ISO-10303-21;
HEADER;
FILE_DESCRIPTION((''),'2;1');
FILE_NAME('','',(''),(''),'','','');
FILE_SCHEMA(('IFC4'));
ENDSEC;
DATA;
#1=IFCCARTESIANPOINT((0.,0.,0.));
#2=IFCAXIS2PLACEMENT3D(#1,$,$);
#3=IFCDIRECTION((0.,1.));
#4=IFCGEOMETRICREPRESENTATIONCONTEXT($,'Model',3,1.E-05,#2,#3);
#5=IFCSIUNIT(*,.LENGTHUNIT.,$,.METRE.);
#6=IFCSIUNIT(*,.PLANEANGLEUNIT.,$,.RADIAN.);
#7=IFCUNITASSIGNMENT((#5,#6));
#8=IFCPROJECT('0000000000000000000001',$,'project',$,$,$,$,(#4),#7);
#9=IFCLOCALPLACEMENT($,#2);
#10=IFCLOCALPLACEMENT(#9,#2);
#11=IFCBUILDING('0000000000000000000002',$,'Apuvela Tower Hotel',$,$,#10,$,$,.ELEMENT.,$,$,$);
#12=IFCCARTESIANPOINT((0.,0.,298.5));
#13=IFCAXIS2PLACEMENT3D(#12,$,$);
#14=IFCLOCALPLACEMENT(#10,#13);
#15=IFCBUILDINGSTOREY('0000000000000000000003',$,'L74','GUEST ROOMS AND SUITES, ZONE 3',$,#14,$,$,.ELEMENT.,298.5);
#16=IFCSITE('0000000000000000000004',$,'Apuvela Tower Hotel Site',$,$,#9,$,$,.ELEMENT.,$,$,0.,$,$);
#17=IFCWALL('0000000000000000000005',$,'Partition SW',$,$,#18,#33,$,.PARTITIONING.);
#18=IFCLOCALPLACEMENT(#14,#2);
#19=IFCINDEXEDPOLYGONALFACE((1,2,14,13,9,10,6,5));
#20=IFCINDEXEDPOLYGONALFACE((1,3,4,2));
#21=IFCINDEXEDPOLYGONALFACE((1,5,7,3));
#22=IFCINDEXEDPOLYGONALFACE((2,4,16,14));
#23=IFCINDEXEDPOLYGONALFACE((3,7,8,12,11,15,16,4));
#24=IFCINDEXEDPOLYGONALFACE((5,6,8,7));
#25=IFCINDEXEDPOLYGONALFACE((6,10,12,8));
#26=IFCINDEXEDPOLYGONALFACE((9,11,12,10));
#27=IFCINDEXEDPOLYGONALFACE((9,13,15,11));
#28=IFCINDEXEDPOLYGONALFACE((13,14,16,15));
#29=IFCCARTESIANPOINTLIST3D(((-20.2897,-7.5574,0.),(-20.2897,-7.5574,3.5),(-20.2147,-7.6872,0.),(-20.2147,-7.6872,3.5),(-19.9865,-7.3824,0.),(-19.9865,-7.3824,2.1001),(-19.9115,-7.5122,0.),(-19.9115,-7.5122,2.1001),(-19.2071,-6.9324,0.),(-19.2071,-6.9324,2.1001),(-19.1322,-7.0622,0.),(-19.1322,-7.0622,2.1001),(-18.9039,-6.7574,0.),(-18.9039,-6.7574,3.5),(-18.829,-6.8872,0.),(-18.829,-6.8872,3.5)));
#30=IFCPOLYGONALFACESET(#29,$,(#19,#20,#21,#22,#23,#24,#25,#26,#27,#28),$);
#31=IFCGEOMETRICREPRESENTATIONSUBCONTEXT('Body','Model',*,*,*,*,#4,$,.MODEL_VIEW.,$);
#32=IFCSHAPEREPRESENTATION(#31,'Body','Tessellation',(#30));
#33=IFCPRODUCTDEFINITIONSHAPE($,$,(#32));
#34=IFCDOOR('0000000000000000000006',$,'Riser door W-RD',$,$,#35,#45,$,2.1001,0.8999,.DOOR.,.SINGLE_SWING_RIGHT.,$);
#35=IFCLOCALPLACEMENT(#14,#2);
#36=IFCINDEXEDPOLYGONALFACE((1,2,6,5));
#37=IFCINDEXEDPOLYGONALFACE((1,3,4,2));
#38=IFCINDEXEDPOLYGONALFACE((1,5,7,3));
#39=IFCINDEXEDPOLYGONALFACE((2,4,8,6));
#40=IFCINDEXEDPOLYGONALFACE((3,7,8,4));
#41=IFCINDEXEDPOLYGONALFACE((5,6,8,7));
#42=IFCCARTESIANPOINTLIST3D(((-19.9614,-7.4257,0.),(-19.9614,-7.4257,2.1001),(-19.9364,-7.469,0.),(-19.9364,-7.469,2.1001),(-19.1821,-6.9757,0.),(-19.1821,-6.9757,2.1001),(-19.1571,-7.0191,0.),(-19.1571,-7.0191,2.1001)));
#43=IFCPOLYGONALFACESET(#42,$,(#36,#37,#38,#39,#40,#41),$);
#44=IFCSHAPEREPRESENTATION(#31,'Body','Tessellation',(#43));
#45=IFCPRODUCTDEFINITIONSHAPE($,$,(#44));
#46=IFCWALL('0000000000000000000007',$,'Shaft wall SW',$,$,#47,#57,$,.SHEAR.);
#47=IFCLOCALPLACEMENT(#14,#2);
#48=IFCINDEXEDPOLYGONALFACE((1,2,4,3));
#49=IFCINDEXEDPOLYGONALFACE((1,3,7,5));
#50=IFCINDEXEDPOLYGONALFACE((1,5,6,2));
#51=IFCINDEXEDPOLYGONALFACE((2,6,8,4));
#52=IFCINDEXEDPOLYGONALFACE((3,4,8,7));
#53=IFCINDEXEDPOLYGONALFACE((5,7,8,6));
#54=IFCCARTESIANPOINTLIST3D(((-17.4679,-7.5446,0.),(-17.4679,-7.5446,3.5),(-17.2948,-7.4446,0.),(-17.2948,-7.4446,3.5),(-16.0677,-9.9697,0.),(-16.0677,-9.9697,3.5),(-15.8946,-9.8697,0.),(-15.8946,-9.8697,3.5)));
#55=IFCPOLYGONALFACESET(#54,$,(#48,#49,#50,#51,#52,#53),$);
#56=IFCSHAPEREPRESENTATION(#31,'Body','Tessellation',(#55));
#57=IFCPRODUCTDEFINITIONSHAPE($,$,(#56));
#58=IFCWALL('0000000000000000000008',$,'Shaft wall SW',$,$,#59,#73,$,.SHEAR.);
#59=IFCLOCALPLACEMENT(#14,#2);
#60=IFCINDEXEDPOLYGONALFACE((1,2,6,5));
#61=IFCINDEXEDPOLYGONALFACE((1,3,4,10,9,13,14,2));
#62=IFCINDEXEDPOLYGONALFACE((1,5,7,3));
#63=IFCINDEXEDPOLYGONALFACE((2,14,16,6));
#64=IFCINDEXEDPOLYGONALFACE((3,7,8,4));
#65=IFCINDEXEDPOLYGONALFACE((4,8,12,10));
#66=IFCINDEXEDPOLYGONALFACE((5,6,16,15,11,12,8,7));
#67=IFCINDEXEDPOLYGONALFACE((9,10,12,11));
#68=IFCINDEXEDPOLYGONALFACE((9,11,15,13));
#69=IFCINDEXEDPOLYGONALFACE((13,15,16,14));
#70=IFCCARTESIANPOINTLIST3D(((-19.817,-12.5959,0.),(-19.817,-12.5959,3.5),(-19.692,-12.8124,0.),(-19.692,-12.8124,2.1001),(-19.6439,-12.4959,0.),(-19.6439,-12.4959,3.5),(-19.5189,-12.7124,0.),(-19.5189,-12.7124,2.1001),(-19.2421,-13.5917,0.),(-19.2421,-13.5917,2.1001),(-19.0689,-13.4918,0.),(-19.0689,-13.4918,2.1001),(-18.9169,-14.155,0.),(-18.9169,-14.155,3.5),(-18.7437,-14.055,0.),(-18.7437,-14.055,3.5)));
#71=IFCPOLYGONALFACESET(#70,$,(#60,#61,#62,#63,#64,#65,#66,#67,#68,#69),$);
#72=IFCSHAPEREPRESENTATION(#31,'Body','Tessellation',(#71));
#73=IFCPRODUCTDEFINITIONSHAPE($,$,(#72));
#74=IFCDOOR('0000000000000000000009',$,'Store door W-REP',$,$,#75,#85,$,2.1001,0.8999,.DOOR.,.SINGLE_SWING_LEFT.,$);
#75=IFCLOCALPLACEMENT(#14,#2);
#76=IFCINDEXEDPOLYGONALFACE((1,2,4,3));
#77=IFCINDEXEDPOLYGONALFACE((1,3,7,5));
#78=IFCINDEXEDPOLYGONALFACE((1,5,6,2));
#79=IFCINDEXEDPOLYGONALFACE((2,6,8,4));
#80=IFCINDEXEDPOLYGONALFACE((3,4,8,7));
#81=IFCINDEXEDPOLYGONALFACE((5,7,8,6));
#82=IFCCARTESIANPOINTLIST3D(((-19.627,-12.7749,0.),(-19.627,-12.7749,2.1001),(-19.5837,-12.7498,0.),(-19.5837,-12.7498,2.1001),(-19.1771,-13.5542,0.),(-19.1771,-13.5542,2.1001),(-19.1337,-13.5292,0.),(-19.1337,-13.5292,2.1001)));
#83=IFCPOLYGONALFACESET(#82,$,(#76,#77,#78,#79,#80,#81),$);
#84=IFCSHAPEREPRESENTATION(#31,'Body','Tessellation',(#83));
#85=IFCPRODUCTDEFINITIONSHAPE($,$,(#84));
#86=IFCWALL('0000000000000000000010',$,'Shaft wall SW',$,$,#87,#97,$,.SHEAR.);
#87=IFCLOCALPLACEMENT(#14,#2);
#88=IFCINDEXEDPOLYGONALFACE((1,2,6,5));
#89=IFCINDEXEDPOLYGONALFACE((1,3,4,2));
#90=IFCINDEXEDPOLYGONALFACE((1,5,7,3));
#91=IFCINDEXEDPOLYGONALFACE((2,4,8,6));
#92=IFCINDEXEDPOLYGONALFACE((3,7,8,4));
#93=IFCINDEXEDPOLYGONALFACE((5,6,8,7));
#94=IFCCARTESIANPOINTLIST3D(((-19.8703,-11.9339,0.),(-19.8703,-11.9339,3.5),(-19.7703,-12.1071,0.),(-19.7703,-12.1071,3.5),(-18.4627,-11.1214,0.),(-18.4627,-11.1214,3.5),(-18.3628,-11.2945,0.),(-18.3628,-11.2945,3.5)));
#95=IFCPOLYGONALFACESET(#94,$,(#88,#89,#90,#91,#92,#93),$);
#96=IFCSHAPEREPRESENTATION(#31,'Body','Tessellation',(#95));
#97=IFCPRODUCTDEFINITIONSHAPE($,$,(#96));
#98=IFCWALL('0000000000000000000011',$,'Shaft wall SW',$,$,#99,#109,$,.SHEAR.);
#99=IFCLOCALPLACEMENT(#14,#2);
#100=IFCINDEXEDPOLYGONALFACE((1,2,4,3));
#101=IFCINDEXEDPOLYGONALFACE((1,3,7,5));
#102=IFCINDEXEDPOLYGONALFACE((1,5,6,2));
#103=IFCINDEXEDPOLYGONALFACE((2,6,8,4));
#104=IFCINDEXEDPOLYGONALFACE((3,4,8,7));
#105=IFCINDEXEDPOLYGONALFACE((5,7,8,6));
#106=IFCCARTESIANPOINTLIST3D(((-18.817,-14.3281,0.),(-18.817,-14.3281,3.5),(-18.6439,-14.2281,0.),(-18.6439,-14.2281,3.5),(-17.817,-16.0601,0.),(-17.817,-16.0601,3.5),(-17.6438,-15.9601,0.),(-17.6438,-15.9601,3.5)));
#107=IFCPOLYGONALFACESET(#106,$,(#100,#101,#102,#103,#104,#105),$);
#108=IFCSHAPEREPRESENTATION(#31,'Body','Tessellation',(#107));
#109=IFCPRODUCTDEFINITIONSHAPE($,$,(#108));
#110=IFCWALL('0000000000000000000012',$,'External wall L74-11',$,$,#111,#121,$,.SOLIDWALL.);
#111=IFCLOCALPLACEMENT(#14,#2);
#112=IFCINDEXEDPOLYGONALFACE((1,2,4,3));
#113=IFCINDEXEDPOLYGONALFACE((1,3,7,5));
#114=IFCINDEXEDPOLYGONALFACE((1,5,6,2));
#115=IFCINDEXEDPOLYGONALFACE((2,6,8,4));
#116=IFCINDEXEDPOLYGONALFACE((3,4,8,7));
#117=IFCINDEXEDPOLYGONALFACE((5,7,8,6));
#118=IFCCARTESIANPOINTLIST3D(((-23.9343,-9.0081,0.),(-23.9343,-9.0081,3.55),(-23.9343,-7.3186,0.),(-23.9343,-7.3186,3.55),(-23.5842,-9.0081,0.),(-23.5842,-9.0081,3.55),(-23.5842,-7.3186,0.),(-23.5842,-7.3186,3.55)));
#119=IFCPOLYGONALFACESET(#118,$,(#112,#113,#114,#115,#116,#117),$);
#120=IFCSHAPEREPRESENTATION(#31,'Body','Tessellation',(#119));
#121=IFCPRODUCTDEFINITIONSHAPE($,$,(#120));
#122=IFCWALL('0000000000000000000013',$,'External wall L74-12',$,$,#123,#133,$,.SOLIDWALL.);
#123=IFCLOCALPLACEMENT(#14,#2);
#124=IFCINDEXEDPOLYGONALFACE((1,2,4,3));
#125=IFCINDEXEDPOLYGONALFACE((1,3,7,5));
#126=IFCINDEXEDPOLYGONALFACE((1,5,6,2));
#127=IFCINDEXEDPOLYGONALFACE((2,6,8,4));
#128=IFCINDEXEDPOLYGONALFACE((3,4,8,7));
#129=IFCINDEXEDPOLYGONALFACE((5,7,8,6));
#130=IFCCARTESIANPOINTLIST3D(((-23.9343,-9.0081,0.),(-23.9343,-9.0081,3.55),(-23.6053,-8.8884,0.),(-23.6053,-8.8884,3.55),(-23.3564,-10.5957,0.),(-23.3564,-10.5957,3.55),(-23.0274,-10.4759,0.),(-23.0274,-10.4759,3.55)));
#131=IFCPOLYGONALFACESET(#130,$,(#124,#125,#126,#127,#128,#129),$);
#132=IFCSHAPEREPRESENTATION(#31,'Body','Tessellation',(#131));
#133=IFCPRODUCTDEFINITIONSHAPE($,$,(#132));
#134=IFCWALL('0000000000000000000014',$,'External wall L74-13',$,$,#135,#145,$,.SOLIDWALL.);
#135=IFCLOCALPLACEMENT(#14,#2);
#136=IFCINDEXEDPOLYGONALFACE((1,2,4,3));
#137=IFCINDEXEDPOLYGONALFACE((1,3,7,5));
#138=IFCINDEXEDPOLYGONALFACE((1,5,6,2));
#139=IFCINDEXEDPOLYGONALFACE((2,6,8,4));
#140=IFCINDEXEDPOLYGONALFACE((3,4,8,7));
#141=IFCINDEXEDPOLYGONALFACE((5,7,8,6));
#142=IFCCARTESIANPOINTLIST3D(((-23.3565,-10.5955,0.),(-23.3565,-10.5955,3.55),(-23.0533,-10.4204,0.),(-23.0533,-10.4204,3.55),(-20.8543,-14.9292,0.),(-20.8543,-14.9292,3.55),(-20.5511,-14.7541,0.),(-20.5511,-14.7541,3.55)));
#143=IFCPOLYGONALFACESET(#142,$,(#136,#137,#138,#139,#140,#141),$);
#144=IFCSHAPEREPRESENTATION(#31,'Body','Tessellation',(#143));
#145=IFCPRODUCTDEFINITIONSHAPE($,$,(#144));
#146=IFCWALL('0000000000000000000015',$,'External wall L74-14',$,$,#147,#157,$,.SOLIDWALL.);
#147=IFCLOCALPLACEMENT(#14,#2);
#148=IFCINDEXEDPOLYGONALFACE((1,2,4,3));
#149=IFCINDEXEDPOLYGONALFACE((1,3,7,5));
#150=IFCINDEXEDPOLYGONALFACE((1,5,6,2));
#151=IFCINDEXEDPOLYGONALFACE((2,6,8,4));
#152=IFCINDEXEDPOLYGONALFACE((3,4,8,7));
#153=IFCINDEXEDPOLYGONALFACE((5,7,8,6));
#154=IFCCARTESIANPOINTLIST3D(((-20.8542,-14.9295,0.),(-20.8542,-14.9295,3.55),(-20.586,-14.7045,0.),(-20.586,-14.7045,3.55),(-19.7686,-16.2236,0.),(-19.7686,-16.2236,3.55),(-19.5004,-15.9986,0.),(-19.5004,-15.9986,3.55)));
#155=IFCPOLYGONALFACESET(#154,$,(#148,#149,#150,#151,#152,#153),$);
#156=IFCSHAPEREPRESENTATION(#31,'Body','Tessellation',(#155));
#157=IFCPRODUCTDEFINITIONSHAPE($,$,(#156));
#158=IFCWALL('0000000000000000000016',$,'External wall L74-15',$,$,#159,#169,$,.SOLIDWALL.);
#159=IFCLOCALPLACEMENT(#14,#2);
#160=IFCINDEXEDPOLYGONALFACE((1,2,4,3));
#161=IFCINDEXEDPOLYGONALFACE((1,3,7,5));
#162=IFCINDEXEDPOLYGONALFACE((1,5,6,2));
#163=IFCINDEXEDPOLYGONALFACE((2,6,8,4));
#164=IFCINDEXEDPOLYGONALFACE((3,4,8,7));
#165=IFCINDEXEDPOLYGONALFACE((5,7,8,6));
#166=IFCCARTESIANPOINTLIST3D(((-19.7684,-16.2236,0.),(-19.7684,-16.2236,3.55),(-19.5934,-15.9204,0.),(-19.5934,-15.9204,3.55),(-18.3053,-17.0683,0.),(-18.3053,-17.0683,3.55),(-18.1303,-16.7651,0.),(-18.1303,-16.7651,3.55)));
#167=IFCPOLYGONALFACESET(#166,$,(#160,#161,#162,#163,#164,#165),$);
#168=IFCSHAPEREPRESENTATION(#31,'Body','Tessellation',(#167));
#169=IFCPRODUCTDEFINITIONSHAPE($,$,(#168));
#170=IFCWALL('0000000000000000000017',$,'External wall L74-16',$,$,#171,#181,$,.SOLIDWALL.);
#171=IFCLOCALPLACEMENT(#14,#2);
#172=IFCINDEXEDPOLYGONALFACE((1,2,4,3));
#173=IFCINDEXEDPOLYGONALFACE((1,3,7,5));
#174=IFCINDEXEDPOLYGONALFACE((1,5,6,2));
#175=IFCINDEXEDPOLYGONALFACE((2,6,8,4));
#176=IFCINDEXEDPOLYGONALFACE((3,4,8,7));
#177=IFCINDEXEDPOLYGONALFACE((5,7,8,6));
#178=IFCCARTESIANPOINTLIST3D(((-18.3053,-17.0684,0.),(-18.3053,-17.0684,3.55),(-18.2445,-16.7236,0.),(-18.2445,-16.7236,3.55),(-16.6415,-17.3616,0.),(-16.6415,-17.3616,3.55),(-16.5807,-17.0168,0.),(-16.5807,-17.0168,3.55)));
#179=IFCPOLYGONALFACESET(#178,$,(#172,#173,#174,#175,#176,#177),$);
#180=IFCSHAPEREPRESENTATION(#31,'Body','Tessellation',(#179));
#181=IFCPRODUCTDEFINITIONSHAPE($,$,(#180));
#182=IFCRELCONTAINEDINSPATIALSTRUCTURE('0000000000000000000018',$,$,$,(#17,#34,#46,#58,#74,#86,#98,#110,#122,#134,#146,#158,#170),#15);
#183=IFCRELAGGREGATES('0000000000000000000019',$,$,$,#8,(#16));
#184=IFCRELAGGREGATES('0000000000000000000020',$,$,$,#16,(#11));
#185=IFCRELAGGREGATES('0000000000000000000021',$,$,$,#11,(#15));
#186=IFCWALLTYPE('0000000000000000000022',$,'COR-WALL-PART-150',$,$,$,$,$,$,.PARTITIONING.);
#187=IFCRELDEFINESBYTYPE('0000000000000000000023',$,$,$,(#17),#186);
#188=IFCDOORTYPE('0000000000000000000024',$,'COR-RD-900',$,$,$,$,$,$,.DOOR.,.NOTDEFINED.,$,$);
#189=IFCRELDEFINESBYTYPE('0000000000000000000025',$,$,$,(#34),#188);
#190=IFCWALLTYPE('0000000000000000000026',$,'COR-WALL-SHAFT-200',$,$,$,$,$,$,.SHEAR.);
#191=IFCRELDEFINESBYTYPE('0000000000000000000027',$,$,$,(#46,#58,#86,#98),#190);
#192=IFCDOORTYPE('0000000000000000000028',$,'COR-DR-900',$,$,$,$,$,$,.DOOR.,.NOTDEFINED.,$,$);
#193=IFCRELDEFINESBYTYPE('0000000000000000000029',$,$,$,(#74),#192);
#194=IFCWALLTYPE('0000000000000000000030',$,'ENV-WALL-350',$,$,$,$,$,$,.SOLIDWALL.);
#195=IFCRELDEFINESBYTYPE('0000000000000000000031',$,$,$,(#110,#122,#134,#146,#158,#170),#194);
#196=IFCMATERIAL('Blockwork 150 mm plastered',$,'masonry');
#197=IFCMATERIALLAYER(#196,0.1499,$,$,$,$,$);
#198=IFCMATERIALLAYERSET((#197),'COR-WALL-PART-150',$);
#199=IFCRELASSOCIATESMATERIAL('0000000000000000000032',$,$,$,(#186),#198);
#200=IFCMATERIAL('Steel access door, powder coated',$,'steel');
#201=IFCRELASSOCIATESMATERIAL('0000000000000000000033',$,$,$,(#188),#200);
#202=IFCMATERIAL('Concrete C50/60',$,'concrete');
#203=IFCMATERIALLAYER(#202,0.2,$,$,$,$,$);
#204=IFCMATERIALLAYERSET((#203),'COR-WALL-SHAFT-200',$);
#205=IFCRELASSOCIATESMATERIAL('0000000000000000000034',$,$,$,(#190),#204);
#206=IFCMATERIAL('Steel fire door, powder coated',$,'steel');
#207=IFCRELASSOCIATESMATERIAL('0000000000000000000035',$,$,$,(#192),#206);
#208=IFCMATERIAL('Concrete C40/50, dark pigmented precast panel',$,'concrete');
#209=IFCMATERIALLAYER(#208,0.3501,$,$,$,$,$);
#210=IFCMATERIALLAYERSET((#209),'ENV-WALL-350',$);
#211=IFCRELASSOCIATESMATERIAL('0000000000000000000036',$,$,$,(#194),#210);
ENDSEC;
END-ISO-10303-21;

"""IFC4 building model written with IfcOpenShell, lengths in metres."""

from ifc_helpers import new_model, si_unit, direction, frame, frame_2d, origin, place, context, subcontext, project, spatial, rectangle, extrude, material, layer, layer_set, type_object, element, fill, save


model = new_model("IFC4")

# Units and contexts
model_context = context("Model", 3, precision=1e-05, world=origin(), true_north=direction((0.0, 1.0)))
body_context = subcontext(model_context, "Body", "Model", "MODEL_VIEW")
ifc_project = project(units=[si_unit("LENGTHUNIT", "METRE"), si_unit("PLANEANGLEUNIT", "RADIAN")], contexts=[model_context])

# Site, building, storey
site_placement = place(None, origin())
site = spatial("IfcSite", under=ifc_project, at=site_placement, Name="Apuvela Tower Hotel Site", CompositionType="ELEMENT", RefElevation=0.0)
building_placement = place(site_placement, origin())
building = spatial("IfcBuilding", under=site, at=building_placement, Name="Apuvela Tower Hotel", CompositionType="ELEMENT")
storey_placement = place(building_placement, frame((0.0, 0.0, 298.5)))
storey = spatial("IfcBuildingStorey", under=building, at=storey_placement, Name="L74", Description="GUEST ROOMS AND SUITES, ZONE 3", CompositionType="ELEMENT", Elevation=298.5)

# Wall, opening, door
ifc_material_1 = material(Name="Blockwork 150 mm plastered", Category="masonry")
ifc_layer_1 = layer(ifc_material_1, 0.1499)
ifc_layer_set_1 = layer_set([ifc_layer_1], Name="COR-WALL-PART-150")
wall_type_1 = type_object("IfcWallType", Name="COR-WALL-PART-150", PredefinedType="PARTITIONING", material=ifc_layer_set_1)
wall_1_placement = place(storey_placement, frame((-18.8665, -6.8223, 0.0), z_axis=(0.0, 0.0, 1.0), x_axis=(-0.866028, -0.499995, 0.0)))
wall_1 = element("IfcWall", 1, at=wall_1_placement, inside=storey, type_object=wall_type_1, Name="Partition SW", PredefinedType="PARTITIONING", context=body_context, shape_type="SweptSolid", body=[
    extrude(rectangle(XDim=1.6001, YDim=0.1499, at=frame_2d((0.8, 0.0))), origin(), (0.0, 0.0, 1.0), 3.5),
])
opening_1_placement = place(wall_1_placement, frame((0.3501, 0.0, 0.0)))
opening_1 = element("IfcOpeningElement", 2, at=opening_1_placement, cuts=wall_1, PredefinedType="OPENING", context=body_context, shape_type="SweptSolid", body=[
    extrude(rectangle(XDim=0.8999, YDim=2.1001, at=frame_2d((0.45, 1.05))), frame((0.0, 0.085, 0.0), z_axis=(0.0, -1.0, 0.0), x_axis=(1.0, 0.0, 0.0)), (0.0, 0.0, 1.0), 0.1699),
])
ifc_material_2 = material(Name="Steel access door, powder coated", Category="steel")
door_type_1 = type_object("IfcDoorType", Name="COR-RD-900", OperationType="NOTDEFINED", PredefinedType="DOOR", material=ifc_material_2)
door_1_placement = place(opening_1_placement, frame((0.8999, 0.0, 0.0), z_axis=(0.0, 0.0, 1.0), x_axis=(-1.0, 0.0, 0.0)))
door_1 = element("IfcDoor", 3, at=door_1_placement, inside=storey, type_object=door_type_1, Name="Riser door W-RD", OperationType="SINGLE_SWING_RIGHT", OverallHeight=2.1001, OverallWidth=0.8999, PredefinedType="DOOR", context=body_context, shape_type="SweptSolid", body=[
    extrude(rectangle(XDim=0.8999, YDim=2.1001, at=frame_2d((0.45, 1.05))), frame((0.0, 0.0249, 0.0), z_axis=(0.0, -1.0, 0.0), x_axis=(1.0, 0.0, 0.0)), (0.0, 0.0, 1.0), 0.05),
])
fill(opening_1, door_1)

# Wall
ifc_material_3 = material(Name="Concrete C50/60", Category="concrete")
ifc_layer_2 = layer(ifc_material_3, 0.2)
ifc_layer_set_2 = layer_set([ifc_layer_2], Name="COR-WALL-SHAFT-200")
wall_type_2 = type_object("IfcWallType", Name="COR-WALL-SHAFT-200", PredefinedType="SHEAR", material=ifc_layer_set_2)
wall_2_placement = place(storey_placement, frame((-17.3813, -7.4946, 0.0), z_axis=(0.0, 0.0, 1.0), x_axis=(0.500012, -0.866019, 0.0)))
element("IfcWall", 4, at=wall_2_placement, inside=storey, type_object=wall_type_2, Name="Shaft wall SW", PredefinedType="SHEAR", context=body_context, shape_type="SweptSolid", body=[
    extrude(rectangle(XDim=2.8003, YDim=0.2, at=frame_2d((1.4001, 0.0))), origin(), (0.0, 0.0, 1.0), 3.5),
])

# Wall, opening, door
wall_3_placement = place(storey_placement, frame((-19.7305, -12.5459, 0.0), z_axis=(0.0, 0.0, 1.0), x_axis=(0.500004, -0.866023, 0.0)))
wall_3 = element("IfcWall", 5, at=wall_3_placement, inside=storey, type_object=wall_type_2, Name="Shaft wall SW", PredefinedType="SHEAR", context=body_context, shape_type="SweptSolid", body=[
    extrude(rectangle(XDim=1.8003, YDim=0.2, at=frame_2d((0.9001, 0.0))), origin(), (0.0, 0.0, 1.0), 3.5),
])
opening_2_placement = place(wall_3_placement, frame((0.25, 0.0, 0.0)))
opening_2 = element("IfcOpeningElement", 6, at=opening_2_placement, cuts=wall_3, PredefinedType="OPENING", context=body_context, shape_type="SweptSolid", body=[
    extrude(rectangle(XDim=0.8999, YDim=2.1001, at=frame_2d((0.45, 1.05))), frame((0.0, 0.1099, 0.0), z_axis=(0.0, -1.0, 0.0), x_axis=(1.0, 0.0, 0.0)), (0.0, 0.0, 1.0), 0.22),
])
ifc_material_4 = material(Name="Steel fire door, powder coated", Category="steel")
door_type_2 = type_object("IfcDoorType", Name="COR-DR-900", OperationType="NOTDEFINED", PredefinedType="DOOR", material=ifc_material_4)
door_2_placement = place(opening_2_placement, frame((0.8999, 0.0, 0.0), z_axis=(0.0, 0.0, 1.0), x_axis=(-1.0, 0.0, 0.0)))
door_2 = element("IfcDoor", 7, at=door_2_placement, inside=storey, type_object=door_type_2, Name="Store door W-REP", OperationType="SINGLE_SWING_LEFT", OverallHeight=2.1001, OverallWidth=0.8999, PredefinedType="DOOR", context=body_context, shape_type="SweptSolid", body=[
    extrude(rectangle(XDim=0.8999, YDim=2.1001, at=frame_2d((0.45, 1.05))), frame((0.0, 0.0249, 0.0), z_axis=(0.0, -1.0, 0.0), x_axis=(1.0, 0.0, 0.0)), (0.0, 0.0, 1.0), 0.05),
])
fill(opening_2, door_2)

# Walls
wall_4_placement = place(storey_placement, frame((-18.4128, -11.208, 0.0), z_axis=(0.0, 0.0, 1.0), x_axis=(-0.866053, -0.499952, 0.0)))
element("IfcWall", 8, at=wall_4_placement, inside=storey, type_object=wall_type_2, Name="Shaft wall SW", PredefinedType="SHEAR", context=body_context, shape_type="SweptSolid", body=[
    extrude(rectangle(XDim=1.6252, YDim=0.2, at=frame_2d((0.8125, 0.0))), origin(), (0.0, 0.0, 1.0), 3.5),
])
wall_5_placement = place(storey_placement, frame((-18.7305, -14.2781, 0.0), z_axis=(0.0, 0.0, 1.0), x_axis=(0.500025, -0.866011, 0.0)))
element("IfcWall", 9, at=wall_5_placement, inside=storey, type_object=wall_type_2, Name="Shaft wall SW", PredefinedType="SHEAR", context=body_context, shape_type="SweptSolid", body=[
    extrude(rectangle(XDim=2.0, YDim=0.2, at=frame_2d((1.0, 0.0))), origin(), (0.0, 0.0, 1.0), 3.5),
])
ifc_material_5 = material(Name="Concrete C40/50, dark pigmented precast panel", Category="concrete")
ifc_layer_3 = layer(ifc_material_5, 0.3501)
ifc_layer_set_3 = layer_set([ifc_layer_3], Name="ENV-WALL-350")
wall_type_3 = type_object("IfcWallType", Name="ENV-WALL-350", PredefinedType="SOLIDWALL", material=ifc_layer_set_3)
for number, where, z_axis, x_axis, name in (
    (10, (-23.7593, -7.3186, 0.0), (0.0, 0.0, 1.0), (0.0, -1.0, 0.0), "External wall L74-11"),
    (11, (-23.7698, -8.9482, 0.0), (0.0, 0.0, 1.0), (0.342033, -0.939688, 0.0), "External wall L74-12"),
):
    element("IfcWall", number, at=place(storey_placement, frame(where, z_axis=z_axis, x_axis=x_axis)), inside=storey, type_object=wall_type_3, Name=name, PredefinedType="SOLIDWALL", context=body_context, shape_type="SweptSolid", body=[
        extrude(rectangle(XDim=1.6895, YDim=0.3501, at=frame_2d((0.8447, 0.0))), origin(), (0.0, 0.0, 1.0), 3.55),
    ])
wall_6_placement = place(storey_placement, frame((-23.2048, -10.5081, 0.0), z_axis=(0.0, 0.0, 1.0), x_axis=(0.500017, -0.866016, 0.0)))
element("IfcWall", 12, at=wall_6_placement, inside=storey, type_object=wall_type_3, Name="External wall L74-13", PredefinedType="SOLIDWALL", context=body_context, shape_type="SweptSolid", body=[
    extrude(rectangle(XDim=5.0042, YDim=0.3501, at=frame_2d((2.502, 0.0))), origin(), (0.0, 0.0, 1.0), 3.55),
])
wall_7_placement = place(storey_placement, frame((-20.7202, -14.8169, 0.0), z_axis=(0.0, 0.0, 1.0), x_axis=(0.642697, -0.76612, 0.0)))
element("IfcWall", 13, at=wall_7_placement, inside=storey, type_object=wall_type_3, Name="External wall L74-14", PredefinedType="SOLIDWALL", context=body_context, shape_type="SweptSolid", body=[
    extrude(rectangle(XDim=1.6892, YDim=0.3501, at=frame_2d((0.8447, 0.0))), origin(), (0.0, 0.0, 1.0), 3.55),
])
for number, where, z_axis, x_axis, name in (
    (14, (-19.6809, -16.072, 0.0), (0.0, 0.0, 1.0), (0.866029, -0.499993, 0.0), "External wall L74-15"),
    (15, (-18.2749, -16.896, 0.0), (0.0, 0.0, 1.0), (0.984824, -0.173555, 0.0), "External wall L74-16"),
):
    element("IfcWall", number, at=place(storey_placement, frame(where, z_axis=z_axis, x_axis=x_axis)), inside=storey, type_object=wall_type_3, Name=name, PredefinedType="SOLIDWALL", context=body_context, shape_type="SweptSolid", body=[
        extrude(rectangle(XDim=1.6895, YDim=0.3501, at=frame_2d((0.8447, 0.0))), origin(), (0.0, 0.0, 1.0), 3.55),
    ])

save(model, "model.ifc")
